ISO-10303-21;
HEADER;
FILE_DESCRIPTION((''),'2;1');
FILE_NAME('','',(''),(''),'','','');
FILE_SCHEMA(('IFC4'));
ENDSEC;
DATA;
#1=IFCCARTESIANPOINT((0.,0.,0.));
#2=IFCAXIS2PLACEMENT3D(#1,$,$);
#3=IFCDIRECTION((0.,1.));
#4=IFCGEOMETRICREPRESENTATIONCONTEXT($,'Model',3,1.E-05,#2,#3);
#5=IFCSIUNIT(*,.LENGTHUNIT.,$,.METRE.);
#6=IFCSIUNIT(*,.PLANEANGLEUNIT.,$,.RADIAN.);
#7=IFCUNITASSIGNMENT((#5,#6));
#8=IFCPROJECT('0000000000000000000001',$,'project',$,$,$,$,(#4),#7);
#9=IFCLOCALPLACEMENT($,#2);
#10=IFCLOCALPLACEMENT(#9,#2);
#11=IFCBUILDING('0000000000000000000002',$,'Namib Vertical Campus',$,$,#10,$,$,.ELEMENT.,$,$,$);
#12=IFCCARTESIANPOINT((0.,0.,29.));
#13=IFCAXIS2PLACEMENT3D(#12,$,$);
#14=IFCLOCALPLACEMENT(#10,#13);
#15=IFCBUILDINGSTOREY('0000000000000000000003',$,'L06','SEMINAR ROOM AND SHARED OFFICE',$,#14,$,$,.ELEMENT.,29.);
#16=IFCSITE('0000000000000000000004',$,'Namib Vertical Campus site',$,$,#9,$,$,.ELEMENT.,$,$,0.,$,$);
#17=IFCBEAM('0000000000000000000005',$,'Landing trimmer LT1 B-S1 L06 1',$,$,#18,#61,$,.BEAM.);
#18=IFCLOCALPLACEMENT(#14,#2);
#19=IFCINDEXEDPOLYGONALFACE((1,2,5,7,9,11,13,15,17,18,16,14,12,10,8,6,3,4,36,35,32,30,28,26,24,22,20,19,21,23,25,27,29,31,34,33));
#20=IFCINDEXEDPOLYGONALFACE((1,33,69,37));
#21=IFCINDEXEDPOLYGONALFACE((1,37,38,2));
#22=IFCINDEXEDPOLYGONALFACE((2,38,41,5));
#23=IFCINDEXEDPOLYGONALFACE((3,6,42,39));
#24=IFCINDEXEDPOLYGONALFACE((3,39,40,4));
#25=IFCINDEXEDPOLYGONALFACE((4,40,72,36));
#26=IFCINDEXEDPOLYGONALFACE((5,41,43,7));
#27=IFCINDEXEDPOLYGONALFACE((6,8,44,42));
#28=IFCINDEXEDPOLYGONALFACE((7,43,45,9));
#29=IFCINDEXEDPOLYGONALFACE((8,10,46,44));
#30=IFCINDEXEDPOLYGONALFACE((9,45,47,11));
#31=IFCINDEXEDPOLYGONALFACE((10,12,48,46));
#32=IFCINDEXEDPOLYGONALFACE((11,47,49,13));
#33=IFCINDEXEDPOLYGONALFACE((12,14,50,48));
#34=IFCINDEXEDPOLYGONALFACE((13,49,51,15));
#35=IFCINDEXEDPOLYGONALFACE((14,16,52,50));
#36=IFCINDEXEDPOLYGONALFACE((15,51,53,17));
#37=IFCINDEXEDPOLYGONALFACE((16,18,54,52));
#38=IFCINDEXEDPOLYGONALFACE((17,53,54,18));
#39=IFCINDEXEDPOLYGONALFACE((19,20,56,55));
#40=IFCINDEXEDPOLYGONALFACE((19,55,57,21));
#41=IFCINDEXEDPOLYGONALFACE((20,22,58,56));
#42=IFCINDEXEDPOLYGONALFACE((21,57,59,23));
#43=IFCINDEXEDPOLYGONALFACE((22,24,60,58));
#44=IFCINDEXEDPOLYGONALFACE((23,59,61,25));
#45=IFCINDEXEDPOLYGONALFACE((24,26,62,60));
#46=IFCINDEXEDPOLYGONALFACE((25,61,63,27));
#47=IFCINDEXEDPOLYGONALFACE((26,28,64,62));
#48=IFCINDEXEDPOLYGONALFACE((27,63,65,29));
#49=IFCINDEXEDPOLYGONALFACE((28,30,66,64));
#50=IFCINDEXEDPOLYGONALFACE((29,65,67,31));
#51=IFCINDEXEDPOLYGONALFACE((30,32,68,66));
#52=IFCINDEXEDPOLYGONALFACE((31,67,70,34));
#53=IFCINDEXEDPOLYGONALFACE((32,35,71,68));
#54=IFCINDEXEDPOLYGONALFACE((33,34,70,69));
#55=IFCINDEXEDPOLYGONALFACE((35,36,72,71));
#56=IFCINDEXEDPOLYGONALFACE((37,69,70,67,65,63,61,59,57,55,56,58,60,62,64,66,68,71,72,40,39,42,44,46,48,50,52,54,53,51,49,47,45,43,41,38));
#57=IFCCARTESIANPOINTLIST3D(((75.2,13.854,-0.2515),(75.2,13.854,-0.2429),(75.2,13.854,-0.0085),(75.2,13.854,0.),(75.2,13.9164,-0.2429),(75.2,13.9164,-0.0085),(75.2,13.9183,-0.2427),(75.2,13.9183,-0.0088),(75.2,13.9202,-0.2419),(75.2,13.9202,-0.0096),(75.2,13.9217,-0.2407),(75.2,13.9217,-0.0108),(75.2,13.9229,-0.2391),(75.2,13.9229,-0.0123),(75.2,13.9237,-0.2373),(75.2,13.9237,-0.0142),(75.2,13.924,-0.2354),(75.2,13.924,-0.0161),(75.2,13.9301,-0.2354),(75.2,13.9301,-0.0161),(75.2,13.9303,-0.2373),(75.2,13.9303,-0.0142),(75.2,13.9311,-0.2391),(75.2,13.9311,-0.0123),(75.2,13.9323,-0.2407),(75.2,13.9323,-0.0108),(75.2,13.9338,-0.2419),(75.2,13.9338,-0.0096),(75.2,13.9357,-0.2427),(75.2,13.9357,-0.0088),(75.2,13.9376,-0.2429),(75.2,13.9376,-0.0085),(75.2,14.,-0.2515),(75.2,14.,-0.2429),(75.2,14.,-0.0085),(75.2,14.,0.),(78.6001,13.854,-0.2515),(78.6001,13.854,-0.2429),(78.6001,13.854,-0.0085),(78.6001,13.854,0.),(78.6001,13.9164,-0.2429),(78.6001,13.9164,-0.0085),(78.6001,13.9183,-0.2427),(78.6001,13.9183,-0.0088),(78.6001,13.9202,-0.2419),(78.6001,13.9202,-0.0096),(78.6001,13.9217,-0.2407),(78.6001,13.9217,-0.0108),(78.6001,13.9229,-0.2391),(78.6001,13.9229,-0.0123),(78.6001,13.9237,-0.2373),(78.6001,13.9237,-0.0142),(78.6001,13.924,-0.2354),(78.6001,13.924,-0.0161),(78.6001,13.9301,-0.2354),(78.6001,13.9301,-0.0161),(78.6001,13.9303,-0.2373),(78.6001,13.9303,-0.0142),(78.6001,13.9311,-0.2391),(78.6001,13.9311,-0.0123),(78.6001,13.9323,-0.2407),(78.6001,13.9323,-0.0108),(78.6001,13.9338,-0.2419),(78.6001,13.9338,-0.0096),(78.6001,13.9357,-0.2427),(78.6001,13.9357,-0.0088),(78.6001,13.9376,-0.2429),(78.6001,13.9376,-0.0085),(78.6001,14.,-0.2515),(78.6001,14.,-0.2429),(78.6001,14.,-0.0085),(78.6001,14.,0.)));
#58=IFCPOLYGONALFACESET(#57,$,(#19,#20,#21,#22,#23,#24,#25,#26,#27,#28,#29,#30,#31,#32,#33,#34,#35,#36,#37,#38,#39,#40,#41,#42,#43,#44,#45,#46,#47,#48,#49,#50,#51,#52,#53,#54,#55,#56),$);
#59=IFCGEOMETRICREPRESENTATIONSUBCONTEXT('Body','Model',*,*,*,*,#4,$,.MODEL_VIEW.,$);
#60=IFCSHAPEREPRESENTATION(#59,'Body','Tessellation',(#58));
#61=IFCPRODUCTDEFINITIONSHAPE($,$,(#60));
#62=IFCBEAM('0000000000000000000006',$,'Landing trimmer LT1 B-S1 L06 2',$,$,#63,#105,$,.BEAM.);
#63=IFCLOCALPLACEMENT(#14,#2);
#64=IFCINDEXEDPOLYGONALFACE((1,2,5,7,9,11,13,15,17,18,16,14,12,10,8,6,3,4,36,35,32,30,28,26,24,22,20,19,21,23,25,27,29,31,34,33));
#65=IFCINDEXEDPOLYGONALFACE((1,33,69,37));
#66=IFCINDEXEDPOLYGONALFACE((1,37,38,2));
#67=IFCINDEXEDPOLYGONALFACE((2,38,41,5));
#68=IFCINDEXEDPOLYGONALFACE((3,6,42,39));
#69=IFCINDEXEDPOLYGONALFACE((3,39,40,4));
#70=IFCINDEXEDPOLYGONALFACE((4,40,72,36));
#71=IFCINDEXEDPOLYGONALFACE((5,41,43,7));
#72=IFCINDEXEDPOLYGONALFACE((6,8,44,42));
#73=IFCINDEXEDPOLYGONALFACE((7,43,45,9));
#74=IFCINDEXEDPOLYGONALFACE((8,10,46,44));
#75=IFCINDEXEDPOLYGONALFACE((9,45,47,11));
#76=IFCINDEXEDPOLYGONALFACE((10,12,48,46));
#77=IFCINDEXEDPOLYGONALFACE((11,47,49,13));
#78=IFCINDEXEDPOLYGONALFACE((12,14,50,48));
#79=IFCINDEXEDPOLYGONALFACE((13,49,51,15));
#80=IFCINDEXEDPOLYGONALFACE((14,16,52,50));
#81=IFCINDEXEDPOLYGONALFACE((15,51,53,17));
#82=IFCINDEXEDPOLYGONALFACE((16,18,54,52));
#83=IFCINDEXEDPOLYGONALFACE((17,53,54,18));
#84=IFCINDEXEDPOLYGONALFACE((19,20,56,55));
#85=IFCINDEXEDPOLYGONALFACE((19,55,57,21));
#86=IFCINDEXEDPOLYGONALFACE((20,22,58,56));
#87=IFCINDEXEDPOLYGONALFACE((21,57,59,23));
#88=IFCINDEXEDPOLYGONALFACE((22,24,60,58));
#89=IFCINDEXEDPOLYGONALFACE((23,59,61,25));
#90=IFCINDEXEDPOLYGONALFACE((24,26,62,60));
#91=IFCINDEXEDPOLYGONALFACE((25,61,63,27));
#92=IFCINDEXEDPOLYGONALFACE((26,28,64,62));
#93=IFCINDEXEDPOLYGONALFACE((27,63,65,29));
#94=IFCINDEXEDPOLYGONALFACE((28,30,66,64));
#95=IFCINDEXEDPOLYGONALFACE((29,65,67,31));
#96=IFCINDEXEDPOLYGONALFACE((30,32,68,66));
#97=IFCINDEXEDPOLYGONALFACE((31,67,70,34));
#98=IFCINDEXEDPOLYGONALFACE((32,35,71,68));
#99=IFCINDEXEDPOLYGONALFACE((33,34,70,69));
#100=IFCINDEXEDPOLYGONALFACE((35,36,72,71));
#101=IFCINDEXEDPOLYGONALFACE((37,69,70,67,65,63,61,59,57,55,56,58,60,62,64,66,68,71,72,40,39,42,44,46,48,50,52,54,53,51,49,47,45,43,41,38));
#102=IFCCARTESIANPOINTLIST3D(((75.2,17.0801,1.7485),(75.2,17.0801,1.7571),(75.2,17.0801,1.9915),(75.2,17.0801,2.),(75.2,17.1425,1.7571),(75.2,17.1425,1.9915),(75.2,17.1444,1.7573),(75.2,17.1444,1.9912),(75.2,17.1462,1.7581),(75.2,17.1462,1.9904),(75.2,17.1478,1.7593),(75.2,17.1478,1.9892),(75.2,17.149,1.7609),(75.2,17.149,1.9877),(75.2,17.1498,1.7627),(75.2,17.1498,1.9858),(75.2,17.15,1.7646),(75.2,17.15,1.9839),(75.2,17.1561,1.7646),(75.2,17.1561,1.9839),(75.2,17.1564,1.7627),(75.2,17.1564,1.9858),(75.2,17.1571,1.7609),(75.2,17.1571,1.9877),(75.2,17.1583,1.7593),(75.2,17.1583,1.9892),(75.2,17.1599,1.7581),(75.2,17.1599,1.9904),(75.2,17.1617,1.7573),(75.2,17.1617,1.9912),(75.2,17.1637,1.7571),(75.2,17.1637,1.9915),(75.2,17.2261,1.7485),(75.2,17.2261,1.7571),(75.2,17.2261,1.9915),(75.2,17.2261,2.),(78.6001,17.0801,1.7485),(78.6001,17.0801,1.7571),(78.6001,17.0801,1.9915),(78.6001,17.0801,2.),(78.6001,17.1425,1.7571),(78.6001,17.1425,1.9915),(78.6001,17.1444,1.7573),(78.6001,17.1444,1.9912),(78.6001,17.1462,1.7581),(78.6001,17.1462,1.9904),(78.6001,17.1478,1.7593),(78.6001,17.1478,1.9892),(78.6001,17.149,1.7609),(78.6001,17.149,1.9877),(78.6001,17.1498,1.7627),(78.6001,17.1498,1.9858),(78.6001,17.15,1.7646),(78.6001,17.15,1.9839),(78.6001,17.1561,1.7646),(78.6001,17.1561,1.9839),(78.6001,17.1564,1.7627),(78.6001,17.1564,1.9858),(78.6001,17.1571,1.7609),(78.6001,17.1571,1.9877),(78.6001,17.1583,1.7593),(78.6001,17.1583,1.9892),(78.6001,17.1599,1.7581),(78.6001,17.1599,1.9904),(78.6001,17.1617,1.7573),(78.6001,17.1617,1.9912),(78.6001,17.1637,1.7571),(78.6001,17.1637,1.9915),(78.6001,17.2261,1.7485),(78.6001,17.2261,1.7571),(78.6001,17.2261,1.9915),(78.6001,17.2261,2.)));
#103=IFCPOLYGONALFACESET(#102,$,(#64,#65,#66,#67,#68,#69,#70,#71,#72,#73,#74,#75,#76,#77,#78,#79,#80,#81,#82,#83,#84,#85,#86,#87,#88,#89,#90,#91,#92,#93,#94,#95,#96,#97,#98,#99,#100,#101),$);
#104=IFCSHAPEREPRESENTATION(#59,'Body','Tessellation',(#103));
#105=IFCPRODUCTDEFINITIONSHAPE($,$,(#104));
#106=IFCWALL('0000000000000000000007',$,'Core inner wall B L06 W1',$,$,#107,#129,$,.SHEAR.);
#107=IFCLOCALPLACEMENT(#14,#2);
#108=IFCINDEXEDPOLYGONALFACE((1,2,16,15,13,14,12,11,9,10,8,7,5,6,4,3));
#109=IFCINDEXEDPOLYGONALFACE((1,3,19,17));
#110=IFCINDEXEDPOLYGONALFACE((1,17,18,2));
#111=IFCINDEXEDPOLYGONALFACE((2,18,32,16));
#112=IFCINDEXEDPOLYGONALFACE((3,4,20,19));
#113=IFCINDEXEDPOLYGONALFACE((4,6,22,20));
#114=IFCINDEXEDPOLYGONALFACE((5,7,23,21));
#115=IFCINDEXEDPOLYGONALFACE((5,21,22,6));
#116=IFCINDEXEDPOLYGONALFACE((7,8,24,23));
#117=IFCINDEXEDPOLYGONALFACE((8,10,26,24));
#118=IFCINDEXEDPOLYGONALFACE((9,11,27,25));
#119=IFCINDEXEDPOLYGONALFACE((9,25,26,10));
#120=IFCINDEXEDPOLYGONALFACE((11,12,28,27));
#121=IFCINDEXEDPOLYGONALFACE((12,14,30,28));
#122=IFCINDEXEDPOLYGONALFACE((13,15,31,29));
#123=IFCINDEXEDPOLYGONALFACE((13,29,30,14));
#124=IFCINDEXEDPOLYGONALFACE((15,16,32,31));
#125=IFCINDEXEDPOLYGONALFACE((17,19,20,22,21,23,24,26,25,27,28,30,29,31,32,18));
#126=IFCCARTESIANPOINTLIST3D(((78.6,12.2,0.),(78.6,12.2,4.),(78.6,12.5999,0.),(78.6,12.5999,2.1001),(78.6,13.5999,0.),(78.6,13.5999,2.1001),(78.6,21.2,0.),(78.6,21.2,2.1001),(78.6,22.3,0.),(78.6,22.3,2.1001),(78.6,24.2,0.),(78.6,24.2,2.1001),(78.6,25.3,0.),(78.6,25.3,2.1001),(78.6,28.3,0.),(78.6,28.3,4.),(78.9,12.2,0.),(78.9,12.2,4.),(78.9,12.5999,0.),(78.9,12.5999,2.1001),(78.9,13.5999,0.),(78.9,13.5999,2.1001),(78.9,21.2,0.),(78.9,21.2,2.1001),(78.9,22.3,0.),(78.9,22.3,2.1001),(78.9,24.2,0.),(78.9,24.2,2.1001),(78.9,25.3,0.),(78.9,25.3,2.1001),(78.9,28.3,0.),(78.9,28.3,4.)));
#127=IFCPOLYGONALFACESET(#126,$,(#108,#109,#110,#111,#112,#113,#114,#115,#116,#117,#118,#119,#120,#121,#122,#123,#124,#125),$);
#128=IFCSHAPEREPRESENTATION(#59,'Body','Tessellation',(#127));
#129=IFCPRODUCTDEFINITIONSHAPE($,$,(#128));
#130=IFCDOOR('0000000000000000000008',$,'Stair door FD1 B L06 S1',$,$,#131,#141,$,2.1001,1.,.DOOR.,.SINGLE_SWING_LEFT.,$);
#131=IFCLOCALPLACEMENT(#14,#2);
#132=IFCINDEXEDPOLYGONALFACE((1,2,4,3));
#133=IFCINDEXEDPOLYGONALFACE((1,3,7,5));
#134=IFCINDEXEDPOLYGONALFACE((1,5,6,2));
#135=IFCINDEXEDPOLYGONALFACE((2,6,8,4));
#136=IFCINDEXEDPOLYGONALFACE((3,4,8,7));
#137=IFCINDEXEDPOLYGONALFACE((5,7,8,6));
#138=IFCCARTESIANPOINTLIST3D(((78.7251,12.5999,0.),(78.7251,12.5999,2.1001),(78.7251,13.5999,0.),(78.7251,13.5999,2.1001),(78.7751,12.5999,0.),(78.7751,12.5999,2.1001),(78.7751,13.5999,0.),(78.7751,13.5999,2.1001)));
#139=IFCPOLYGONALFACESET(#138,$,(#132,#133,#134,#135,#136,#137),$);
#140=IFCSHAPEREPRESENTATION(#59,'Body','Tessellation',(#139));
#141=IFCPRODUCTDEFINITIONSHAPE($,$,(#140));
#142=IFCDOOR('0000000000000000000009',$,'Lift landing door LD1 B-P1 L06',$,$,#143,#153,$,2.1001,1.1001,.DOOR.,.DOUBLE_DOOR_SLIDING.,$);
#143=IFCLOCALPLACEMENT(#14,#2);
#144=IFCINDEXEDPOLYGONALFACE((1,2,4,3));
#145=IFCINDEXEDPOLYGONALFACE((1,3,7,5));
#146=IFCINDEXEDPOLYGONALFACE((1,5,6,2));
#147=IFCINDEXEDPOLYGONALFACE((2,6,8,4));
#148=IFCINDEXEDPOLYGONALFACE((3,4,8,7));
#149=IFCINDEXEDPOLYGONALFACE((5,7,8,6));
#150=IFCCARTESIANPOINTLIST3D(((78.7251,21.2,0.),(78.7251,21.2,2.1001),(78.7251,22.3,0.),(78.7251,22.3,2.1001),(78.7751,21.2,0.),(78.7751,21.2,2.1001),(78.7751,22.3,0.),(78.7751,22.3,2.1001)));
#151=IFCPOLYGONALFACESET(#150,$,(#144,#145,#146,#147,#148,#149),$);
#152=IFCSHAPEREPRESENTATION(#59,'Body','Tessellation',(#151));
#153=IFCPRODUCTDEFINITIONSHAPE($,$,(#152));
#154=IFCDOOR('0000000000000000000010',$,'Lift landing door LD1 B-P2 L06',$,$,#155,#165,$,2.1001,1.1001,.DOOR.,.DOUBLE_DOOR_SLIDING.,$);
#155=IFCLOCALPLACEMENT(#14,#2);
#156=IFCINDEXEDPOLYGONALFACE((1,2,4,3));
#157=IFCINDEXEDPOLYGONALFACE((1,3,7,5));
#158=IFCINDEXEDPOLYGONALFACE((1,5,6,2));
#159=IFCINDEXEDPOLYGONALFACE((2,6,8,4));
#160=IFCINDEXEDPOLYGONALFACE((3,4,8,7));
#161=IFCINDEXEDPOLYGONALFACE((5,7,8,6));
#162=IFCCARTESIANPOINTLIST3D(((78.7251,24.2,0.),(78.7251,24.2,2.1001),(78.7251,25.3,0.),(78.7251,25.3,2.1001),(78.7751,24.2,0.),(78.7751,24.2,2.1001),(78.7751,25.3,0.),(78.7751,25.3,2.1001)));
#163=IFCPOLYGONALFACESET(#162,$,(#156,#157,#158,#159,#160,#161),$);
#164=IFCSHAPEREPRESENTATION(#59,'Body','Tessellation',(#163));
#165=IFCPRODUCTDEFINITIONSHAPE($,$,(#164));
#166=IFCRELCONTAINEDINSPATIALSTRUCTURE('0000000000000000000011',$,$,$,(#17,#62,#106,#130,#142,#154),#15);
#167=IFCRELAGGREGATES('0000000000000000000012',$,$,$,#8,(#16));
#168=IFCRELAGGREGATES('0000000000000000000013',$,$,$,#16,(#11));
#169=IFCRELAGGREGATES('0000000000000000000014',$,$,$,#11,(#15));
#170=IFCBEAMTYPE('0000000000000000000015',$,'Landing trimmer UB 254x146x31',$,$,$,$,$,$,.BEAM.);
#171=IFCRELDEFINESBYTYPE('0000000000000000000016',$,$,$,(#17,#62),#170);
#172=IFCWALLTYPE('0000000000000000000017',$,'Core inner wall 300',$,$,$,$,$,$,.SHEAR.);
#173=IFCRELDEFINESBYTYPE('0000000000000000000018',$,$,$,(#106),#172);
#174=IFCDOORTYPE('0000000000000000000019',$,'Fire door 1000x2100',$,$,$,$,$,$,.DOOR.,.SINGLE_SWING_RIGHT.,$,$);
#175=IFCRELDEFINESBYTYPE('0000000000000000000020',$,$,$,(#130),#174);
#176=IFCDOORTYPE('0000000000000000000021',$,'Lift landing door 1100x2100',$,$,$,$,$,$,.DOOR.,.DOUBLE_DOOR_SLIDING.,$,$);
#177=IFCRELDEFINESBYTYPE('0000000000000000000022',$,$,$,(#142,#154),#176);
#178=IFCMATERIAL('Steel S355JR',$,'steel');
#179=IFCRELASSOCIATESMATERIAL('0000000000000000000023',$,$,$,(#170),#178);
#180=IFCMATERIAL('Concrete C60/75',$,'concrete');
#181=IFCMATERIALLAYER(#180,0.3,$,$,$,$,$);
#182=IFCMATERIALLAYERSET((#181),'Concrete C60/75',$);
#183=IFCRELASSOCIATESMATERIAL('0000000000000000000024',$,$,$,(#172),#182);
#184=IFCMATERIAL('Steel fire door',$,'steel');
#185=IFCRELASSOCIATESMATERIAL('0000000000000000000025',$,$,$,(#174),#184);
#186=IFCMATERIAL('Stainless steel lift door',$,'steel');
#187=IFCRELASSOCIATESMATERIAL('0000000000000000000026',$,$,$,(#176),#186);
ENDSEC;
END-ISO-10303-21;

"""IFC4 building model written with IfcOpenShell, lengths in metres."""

from ifc_helpers import new_model, si_unit, direction, frame, frame_2d, origin, origin_2d, place, context, subcontext, project, spatial, rectangle, i_section, extrude, material, layer, layer_set, material_profile, profile_set, type_object, element, fill, save


model = new_model("IFC4")

# Units and contexts
model_context = context("Model", 3, precision=1e-05, world=origin(), true_north=direction((0.0, 1.0)))
body_context = subcontext(model_context, "Body", "Model", "MODEL_VIEW")
ifc_project = project(units=[si_unit("LENGTHUNIT", "METRE"), si_unit("PLANEANGLEUNIT", "RADIAN")], contexts=[model_context])

# Site, building, storey
site_placement = place(None, origin())
site = spatial("IfcSite", under=ifc_project, at=site_placement, Name="Namib Vertical Campus site", CompositionType="ELEMENT", RefElevation=0.0)
building_placement = place(site_placement, origin())
building = spatial("IfcBuilding", under=site, at=building_placement, Name="Namib Vertical Campus", CompositionType="ELEMENT")
storey_placement = place(building_placement, frame((0.0, 0.0, 29.0)))
storey = spatial("IfcBuildingStorey", under=building, at=storey_placement, Name="L06", Description="SEMINAR ROOM AND SHARED OFFICE", CompositionType="ELEMENT", Elevation=29.0)

# Beams
ifc_material_1 = material(Name="Steel S355JR", Category="steel")
ifc_material_profile = material_profile(ifc_material_1, i_section(OverallWidth=0.146, OverallDepth=0.2515, WebThickness=0.0061, FlangeThickness=0.0085, FilletRadius=0.0076, at=origin_2d()))
ifc_profile_set = profile_set([ifc_material_profile], Name="Steel S355JR")
beam_type = type_object("IfcBeamType", Name="Landing trimmer UB 254x146x31", PredefinedType="BEAM", material=ifc_profile_set)
for number, where, z_axis, x_axis, name in (
    (1, (75.2, 13.927, -0.1257), (1.0, 0.0, 0.0), (0.0, 1.0, 0.0), "Landing trimmer LT1 B-S1 L06 1"),
    (2, (75.2, 17.1531, 1.8743), (1.0, 0.0, 0.0), (0.0, 1.0, 0.0), "Landing trimmer LT1 B-S1 L06 2"),
):
    element("IfcBeam", number, at=place(storey_placement, frame(where, z_axis=z_axis, x_axis=x_axis)), inside=storey, type_object=beam_type, Name=name, PredefinedType="BEAM", context=body_context, shape_type="SweptSolid", body=[
        extrude(i_section(OverallWidth=0.146, OverallDepth=0.2515, WebThickness=0.0061, FlangeThickness=0.0085, FilletRadius=0.0076, at=origin_2d()), origin(), (0.0, 0.0, 1.0), 3.4001),
    ])

# Wall, openings, doors
ifc_material_2 = material(Name="Concrete C60/75", Category="concrete")
ifc_layer = layer(ifc_material_2, 0.3)
ifc_layer_set = layer_set([ifc_layer], Name="Concrete C60/75")
wall_type = type_object("IfcWallType", Name="Core inner wall 300", PredefinedType="SHEAR", material=ifc_layer_set)
wall_1_placement = place(storey_placement, frame((78.75, 12.2, 0.0), z_axis=(0.0, 0.0, 1.0), x_axis=(0.0, 1.0, 0.0)))
wall_1 = element("IfcWall", 3, at=wall_1_placement, inside=storey, type_object=wall_type, Name="Core inner wall B L06 W1", PredefinedType="SHEAR", context=body_context, shape_type="SweptSolid", body=[
    extrude(rectangle(XDim=16.1001, YDim=0.3, at=frame_2d((8.05, 0.0))), origin(), (0.0, 0.0, 1.0), 4.0),
])
opening_1_placement = place(wall_1_placement, frame((0.3999, 0.0, 0.0)))
opening_1 = element("IfcOpeningElement", 4, at=opening_1_placement, cuts=wall_1, PredefinedType="OPENING", context=body_context, shape_type="SweptSolid", body=[
    extrude(rectangle(XDim=1.0, YDim=2.1001, at=frame_2d((0.5, 1.05))), frame((0.0, 0.1599, 0.0), z_axis=(0.0, -1.0, 0.0), x_axis=(1.0, 0.0, 0.0)), (0.0, 0.0, 1.0), 0.3201),
])
opening_2_placement = place(wall_1_placement, frame((9.0, 0.0, 0.0)))
opening_2 = element("IfcOpeningElement", 5, at=opening_2_placement, cuts=wall_1, PredefinedType="OPENING", context=body_context, shape_type="SweptSolid", body=[
    extrude(rectangle(XDim=1.1001, YDim=2.1001, at=frame_2d((0.55, 1.05))), frame((0.0, 0.1599, 0.0), z_axis=(0.0, -1.0, 0.0), x_axis=(1.0, 0.0, 0.0)), (0.0, 0.0, 1.0), 0.3201),
])
opening_3_placement = place(wall_1_placement, frame((12.0, 0.0, 0.0)))
opening_3 = element("IfcOpeningElement", 6, at=opening_3_placement, cuts=wall_1, PredefinedType="OPENING", context=body_context, shape_type="SweptSolid", body=[
    extrude(rectangle(XDim=1.1001, YDim=2.1001, at=frame_2d((0.55, 1.05))), frame((0.0, 0.1599, 0.0), z_axis=(0.0, -1.0, 0.0), x_axis=(1.0, 0.0, 0.0)), (0.0, 0.0, 1.0), 0.3201),
])
ifc_material_3 = material(Name="Steel fire door", Category="steel")
door_type_1 = type_object("IfcDoorType", Name="Fire door 1000x2100", OperationType="SINGLE_SWING_RIGHT", PredefinedType="DOOR", material=ifc_material_3)
door_1_placement = place(opening_1_placement, origin())
door_1 = element("IfcDoor", 7, at=door_1_placement, inside=storey, type_object=door_type_1, Name="Stair door FD1 B L06 S1", OperationType="SINGLE_SWING_LEFT", OverallHeight=2.1001, OverallWidth=1.0, PredefinedType="DOOR", context=body_context, shape_type="SweptSolid", body=[
    extrude(rectangle(XDim=1.0, YDim=2.1001, at=frame_2d((0.5, 1.05))), frame((0.0, 0.0249, 0.0), z_axis=(0.0, -1.0, 0.0), x_axis=(1.0, 0.0, 0.0)), (0.0, 0.0, 1.0), 0.05),
])
fill(opening_1, door_1)
ifc_material_4 = material(Name="Stainless steel lift door", Category="steel")
door_type_2 = type_object("IfcDoorType", Name="Lift landing door 1100x2100", OperationType="DOUBLE_DOOR_SLIDING", PredefinedType="DOOR", material=ifc_material_4)
door_2_placement = place(opening_2_placement, origin())
door_2 = element("IfcDoor", 8, at=door_2_placement, inside=storey, type_object=door_type_2, Name="Lift landing door LD1 B-P1 L06", OperationType="DOUBLE_DOOR_SLIDING", OverallHeight=2.1001, OverallWidth=1.1001, PredefinedType="DOOR", context=body_context, shape_type="SweptSolid", body=[
    extrude(rectangle(XDim=1.1001, YDim=2.1001, at=frame_2d((0.55, 1.05))), frame((0.0, 0.0249, 0.0), z_axis=(0.0, -1.0, 0.0), x_axis=(1.0, 0.0, 0.0)), (0.0, 0.0, 1.0), 0.05),
])
fill(opening_2, door_2)
door_3_placement = place(opening_3_placement, origin())
door_3 = element("IfcDoor", 9, at=door_3_placement, inside=storey, type_object=door_type_2, Name="Lift landing door LD1 B-P2 L06", OperationType="DOUBLE_DOOR_SLIDING", OverallHeight=2.1001, OverallWidth=1.1001, PredefinedType="DOOR", context=body_context, shape_type="SweptSolid", body=[
    extrude(rectangle(XDim=1.1001, YDim=2.1001, at=frame_2d((0.55, 1.05))), frame((0.0, 0.0249, 0.0), z_axis=(0.0, -1.0, 0.0), x_axis=(1.0, 0.0, 0.0)), (0.0, 0.0, 1.0), 0.05),
])
fill(opening_3, door_3)

save(model, "model.ifc")
